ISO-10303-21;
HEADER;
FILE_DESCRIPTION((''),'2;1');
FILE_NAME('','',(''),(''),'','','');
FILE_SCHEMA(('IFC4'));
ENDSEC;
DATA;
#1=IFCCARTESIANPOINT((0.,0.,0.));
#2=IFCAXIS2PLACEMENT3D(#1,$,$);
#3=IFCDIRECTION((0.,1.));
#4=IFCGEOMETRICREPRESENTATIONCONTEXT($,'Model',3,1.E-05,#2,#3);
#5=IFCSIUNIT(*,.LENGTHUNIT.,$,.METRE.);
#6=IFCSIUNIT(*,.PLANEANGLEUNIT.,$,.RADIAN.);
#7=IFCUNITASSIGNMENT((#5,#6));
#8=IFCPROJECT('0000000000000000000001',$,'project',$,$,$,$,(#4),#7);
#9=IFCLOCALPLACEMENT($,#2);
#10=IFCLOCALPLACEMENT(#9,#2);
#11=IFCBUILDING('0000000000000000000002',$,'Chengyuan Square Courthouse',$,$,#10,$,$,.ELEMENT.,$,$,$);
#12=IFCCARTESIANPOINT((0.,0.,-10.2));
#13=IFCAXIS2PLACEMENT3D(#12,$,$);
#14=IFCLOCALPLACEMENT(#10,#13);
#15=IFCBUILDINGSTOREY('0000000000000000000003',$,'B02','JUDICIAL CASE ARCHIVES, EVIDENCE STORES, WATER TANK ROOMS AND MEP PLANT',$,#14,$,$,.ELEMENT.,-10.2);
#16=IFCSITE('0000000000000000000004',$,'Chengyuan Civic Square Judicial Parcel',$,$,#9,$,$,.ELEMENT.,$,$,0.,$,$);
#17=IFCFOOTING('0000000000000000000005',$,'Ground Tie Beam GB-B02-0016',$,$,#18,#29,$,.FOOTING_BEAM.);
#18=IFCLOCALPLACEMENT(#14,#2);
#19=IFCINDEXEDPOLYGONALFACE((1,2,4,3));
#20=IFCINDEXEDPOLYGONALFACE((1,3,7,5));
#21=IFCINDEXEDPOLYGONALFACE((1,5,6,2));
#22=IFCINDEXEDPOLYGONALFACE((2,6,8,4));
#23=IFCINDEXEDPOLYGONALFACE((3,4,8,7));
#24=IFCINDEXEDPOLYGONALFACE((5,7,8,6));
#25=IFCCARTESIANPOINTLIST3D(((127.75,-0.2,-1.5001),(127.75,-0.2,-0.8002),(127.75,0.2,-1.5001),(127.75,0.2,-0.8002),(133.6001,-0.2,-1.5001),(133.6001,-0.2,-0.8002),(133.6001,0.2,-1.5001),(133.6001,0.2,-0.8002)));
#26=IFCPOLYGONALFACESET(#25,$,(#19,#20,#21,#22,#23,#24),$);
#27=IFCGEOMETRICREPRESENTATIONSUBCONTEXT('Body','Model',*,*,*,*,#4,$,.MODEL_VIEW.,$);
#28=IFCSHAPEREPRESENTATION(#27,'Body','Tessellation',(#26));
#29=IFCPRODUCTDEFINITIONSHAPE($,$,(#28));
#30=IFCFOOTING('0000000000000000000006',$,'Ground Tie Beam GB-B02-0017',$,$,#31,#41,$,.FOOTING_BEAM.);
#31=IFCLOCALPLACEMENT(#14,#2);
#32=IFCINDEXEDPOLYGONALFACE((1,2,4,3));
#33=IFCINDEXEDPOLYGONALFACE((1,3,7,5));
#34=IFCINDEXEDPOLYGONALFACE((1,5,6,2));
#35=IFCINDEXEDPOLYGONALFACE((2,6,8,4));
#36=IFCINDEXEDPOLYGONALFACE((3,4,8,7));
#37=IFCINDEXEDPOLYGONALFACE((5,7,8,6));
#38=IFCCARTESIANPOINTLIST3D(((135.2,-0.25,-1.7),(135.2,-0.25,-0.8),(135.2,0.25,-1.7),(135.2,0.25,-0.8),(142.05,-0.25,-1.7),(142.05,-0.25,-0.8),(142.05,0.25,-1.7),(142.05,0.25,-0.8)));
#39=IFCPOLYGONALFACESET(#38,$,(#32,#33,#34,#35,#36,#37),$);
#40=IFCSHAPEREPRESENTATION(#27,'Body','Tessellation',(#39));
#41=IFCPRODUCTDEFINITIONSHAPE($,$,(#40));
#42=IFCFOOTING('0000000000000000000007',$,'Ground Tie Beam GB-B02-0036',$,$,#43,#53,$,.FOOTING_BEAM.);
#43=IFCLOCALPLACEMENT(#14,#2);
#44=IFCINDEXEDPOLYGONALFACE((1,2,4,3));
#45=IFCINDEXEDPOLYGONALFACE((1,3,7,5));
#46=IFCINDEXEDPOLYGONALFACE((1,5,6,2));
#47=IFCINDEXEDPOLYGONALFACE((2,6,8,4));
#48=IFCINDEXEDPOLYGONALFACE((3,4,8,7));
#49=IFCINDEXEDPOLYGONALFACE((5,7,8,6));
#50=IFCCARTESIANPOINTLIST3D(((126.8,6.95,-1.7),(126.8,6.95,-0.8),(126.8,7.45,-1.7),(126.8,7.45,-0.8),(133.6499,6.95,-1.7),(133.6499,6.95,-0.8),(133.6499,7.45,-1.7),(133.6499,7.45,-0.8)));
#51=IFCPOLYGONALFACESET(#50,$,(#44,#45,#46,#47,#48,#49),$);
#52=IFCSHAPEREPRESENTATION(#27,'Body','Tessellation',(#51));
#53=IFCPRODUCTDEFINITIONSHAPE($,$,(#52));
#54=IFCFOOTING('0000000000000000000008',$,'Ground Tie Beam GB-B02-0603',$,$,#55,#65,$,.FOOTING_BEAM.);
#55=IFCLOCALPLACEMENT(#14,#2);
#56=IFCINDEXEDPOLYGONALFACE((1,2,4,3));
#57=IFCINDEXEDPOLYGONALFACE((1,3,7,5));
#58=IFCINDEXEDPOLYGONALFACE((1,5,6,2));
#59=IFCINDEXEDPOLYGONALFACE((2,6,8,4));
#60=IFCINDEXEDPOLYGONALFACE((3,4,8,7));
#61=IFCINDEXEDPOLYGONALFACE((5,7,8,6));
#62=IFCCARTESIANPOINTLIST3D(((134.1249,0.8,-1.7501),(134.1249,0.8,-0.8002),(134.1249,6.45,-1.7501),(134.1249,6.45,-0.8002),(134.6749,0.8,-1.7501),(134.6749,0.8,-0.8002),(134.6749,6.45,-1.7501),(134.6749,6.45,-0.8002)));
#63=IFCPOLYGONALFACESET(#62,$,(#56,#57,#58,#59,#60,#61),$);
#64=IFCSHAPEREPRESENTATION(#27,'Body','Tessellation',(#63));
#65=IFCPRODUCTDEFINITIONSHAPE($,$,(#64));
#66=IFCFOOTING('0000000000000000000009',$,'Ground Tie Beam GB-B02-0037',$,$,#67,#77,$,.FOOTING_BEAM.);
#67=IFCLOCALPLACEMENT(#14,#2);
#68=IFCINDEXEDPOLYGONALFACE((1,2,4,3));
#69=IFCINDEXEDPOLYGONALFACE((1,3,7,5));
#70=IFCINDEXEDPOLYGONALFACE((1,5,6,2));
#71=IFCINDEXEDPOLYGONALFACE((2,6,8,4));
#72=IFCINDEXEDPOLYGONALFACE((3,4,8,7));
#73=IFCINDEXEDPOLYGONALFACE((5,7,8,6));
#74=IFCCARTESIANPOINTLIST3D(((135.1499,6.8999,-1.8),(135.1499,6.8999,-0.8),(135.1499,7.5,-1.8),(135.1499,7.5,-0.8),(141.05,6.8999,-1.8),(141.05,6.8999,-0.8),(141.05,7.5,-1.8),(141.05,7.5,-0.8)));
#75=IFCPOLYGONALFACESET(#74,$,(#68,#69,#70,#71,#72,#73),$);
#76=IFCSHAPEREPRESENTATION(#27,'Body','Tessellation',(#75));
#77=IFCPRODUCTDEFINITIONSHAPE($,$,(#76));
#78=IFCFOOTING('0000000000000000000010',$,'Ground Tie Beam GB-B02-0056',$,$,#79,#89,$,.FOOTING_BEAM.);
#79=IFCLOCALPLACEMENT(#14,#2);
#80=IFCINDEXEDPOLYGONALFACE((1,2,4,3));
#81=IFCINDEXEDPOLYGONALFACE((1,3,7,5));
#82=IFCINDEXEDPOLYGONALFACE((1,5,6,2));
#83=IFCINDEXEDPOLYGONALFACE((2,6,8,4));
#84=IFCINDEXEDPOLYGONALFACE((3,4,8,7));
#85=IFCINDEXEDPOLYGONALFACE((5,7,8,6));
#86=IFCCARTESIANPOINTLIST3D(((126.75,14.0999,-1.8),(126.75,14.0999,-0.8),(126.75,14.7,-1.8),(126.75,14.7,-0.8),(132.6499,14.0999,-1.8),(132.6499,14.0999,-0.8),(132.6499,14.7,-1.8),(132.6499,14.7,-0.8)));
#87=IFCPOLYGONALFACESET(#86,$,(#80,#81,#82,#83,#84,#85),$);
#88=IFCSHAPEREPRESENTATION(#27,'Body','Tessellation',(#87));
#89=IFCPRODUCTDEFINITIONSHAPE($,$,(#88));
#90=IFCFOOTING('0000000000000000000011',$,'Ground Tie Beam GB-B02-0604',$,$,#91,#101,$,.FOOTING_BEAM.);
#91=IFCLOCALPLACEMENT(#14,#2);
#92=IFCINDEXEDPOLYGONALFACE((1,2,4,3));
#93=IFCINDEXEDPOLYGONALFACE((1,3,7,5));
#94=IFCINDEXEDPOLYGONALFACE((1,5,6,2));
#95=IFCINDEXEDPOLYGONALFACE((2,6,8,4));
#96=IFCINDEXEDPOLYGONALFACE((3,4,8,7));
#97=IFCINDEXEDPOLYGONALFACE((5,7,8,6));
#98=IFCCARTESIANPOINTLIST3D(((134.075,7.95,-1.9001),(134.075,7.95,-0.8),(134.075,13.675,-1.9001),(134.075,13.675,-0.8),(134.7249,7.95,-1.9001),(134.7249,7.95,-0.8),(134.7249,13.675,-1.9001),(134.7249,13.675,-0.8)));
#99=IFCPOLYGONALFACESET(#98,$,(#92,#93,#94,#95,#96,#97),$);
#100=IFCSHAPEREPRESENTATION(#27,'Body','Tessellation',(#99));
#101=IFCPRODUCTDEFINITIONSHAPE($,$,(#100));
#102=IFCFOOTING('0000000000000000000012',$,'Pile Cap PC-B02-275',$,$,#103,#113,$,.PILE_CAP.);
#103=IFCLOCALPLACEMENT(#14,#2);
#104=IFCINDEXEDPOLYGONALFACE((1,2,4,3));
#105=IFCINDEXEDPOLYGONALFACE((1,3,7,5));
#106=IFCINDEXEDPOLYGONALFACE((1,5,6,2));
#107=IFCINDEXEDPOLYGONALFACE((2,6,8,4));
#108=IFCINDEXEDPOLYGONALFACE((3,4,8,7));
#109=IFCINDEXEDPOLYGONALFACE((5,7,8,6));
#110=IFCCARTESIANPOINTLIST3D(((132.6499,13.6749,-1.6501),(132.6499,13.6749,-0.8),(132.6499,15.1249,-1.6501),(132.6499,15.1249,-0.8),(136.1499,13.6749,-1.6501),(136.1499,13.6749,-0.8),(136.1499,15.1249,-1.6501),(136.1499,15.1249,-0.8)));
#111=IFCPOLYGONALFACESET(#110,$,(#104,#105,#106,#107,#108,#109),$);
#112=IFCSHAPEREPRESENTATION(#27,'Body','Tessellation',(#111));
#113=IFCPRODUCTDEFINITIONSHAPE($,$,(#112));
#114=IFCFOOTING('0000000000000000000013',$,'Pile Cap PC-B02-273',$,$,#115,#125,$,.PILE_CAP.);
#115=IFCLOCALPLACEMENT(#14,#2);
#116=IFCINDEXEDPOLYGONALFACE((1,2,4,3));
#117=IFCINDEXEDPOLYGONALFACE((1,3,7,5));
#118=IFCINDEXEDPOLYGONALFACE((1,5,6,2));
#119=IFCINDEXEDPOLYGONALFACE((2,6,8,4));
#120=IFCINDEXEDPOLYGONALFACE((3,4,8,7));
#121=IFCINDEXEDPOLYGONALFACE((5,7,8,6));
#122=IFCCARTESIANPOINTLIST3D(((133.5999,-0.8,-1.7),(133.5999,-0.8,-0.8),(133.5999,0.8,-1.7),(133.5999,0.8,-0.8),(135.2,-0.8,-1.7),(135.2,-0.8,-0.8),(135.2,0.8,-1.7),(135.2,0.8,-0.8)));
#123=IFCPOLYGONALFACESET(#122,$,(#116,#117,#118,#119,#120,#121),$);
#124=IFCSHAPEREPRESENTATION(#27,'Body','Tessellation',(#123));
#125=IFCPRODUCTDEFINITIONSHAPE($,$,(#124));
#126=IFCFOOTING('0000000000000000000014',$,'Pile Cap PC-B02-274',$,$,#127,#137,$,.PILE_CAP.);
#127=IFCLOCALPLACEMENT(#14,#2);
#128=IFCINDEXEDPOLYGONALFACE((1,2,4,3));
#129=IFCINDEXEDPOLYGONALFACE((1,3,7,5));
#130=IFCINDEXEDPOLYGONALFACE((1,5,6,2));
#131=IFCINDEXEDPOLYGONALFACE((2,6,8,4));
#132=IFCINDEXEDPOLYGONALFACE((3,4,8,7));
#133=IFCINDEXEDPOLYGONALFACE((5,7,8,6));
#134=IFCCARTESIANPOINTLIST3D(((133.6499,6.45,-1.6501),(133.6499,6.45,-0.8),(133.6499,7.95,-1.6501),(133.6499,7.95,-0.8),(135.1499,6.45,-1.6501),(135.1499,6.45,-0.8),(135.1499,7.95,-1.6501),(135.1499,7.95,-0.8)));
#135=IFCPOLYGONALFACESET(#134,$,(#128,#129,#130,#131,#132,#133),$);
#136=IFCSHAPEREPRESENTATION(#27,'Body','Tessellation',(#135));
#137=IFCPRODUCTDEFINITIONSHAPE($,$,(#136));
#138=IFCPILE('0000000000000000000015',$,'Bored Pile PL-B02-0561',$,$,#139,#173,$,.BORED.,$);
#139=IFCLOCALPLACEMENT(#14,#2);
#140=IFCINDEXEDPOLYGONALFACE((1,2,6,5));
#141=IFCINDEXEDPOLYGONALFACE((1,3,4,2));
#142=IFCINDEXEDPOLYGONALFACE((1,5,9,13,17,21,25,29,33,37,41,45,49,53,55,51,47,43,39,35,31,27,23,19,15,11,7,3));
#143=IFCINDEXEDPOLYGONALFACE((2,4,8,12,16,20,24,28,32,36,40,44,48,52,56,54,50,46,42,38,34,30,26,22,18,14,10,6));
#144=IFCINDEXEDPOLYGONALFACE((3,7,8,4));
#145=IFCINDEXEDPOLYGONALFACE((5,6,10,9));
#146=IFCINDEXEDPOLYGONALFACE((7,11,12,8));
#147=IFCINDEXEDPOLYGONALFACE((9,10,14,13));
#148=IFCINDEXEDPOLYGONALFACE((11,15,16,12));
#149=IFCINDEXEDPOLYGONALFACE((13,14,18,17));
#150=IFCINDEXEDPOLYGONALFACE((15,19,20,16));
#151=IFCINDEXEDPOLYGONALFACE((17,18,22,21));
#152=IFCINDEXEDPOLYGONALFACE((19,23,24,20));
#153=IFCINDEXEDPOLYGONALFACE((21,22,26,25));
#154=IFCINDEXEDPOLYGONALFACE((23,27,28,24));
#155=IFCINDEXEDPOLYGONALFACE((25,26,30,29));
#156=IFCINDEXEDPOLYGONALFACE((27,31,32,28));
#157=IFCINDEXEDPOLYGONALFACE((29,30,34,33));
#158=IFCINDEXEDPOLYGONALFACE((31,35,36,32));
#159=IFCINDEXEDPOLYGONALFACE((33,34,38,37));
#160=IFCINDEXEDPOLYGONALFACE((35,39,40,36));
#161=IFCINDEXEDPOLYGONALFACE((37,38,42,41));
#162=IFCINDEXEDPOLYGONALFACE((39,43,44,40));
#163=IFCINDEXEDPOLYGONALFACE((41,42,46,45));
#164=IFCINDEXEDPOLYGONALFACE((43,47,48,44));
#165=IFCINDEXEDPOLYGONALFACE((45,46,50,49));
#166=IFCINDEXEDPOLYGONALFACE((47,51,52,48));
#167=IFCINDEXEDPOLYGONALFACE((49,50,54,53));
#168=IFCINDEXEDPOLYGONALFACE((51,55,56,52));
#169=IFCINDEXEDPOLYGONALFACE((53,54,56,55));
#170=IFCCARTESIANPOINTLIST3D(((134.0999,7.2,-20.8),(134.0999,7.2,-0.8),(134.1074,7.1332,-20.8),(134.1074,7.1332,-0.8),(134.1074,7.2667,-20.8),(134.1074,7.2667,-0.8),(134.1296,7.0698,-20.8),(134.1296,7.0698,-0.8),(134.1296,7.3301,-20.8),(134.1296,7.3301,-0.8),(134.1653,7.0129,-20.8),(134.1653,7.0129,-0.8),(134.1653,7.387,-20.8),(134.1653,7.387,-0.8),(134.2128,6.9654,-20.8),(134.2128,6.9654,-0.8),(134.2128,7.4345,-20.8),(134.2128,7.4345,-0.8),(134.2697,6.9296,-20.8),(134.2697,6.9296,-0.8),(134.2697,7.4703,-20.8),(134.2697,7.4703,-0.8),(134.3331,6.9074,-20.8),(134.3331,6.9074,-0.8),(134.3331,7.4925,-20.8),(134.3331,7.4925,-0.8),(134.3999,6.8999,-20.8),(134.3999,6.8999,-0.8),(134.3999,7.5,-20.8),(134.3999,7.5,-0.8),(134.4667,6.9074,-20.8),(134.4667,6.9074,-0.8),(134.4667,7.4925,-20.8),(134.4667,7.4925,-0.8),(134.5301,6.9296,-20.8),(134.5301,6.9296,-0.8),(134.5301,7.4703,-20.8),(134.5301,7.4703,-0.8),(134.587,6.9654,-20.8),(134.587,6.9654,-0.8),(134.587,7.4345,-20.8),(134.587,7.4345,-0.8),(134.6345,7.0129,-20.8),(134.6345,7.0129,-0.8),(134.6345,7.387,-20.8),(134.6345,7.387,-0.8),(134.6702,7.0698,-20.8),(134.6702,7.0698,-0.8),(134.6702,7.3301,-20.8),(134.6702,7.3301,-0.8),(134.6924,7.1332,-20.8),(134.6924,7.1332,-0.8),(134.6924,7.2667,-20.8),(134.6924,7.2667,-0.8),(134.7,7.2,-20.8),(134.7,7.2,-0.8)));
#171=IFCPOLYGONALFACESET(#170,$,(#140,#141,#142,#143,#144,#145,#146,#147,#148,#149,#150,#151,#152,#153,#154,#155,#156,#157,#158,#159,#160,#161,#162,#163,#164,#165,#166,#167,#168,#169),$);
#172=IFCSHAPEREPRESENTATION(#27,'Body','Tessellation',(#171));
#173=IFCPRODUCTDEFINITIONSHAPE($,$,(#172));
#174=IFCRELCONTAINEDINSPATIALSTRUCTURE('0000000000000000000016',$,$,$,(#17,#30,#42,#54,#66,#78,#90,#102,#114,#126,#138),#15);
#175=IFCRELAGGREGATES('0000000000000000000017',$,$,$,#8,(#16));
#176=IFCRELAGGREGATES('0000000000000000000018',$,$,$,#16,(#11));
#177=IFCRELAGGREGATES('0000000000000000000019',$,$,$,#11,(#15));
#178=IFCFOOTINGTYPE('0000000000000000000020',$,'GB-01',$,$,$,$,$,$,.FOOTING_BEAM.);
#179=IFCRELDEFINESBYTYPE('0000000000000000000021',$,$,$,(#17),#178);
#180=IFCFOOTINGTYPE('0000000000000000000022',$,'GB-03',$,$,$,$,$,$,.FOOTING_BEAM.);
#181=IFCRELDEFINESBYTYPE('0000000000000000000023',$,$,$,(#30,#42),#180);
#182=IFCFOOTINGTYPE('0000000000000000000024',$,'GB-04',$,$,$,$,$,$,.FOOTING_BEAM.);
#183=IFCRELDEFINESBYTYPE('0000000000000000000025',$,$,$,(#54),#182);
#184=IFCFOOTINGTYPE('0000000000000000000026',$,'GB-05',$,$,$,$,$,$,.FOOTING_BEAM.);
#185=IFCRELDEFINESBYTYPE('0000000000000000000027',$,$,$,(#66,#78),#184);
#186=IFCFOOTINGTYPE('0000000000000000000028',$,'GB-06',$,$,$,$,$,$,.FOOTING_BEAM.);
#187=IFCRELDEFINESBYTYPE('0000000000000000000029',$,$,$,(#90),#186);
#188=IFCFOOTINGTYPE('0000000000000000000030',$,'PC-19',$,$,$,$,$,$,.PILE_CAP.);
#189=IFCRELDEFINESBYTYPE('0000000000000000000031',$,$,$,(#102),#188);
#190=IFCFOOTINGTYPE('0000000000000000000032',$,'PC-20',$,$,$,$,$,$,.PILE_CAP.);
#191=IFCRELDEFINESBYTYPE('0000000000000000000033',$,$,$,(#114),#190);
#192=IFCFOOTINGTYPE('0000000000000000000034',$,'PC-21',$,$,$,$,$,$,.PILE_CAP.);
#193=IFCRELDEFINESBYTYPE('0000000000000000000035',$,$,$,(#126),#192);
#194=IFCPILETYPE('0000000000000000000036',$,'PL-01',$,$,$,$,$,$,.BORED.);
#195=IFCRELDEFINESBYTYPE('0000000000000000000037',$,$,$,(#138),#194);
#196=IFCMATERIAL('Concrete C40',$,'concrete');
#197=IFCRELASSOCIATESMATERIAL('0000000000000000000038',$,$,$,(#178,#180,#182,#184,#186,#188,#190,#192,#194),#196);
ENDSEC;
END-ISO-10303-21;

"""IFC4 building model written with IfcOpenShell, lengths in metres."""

from ifc_helpers import new_model, si_unit, direction, frame, origin, origin_2d, place, context, subcontext, project, spatial, rectangle, circle, extrude, material, material_profile, profile_set, type_object, element, save


model = new_model("IFC4")

# Units and contexts
model_context = context("Model", 3, precision=1e-05, world=origin(), true_north=direction((0.0, 1.0)))
body_context = subcontext(model_context, "Body", "Model", "MODEL_VIEW")
ifc_project = project(units=[si_unit("LENGTHUNIT", "METRE"), si_unit("PLANEANGLEUNIT", "RADIAN")], contexts=[model_context])

# Site, building, storey
site_placement = place(None, origin())
site = spatial("IfcSite", under=ifc_project, at=site_placement, Name="Chengyuan Civic Square Judicial Parcel", CompositionType="ELEMENT", RefElevation=0.0)
building_placement = place(site_placement, origin())
building = spatial("IfcBuilding", under=site, at=building_placement, Name="Chengyuan Square Courthouse", CompositionType="ELEMENT")
storey_placement = place(building_placement, frame((0.0, 0.0, -10.2)))
storey = spatial("IfcBuildingStorey", under=building, at=storey_placement, Name="B02", Description="JUDICIAL CASE ARCHIVES, EVIDENCE STORES, WATER TANK ROOMS AND MEP PLANT", CompositionType="ELEMENT", Elevation=-10.2)

# Footings
ifc_material_1 = material(Name="Concrete C40", Category="concrete")
ifc_material_profile_1 = material_profile(ifc_material_1, rectangle(XDim=0.3999, YDim=0.7, at=origin_2d()), Name="GB-400x700")
ifc_profile_set_1 = profile_set([ifc_material_profile_1], Name="Concrete C40")
footing_type_1 = type_object("IfcFootingType", Name="GB-01", PredefinedType="FOOTING_BEAM", material=ifc_profile_set_1)
footing_1_placement = place(storey_placement, frame((127.75, 0.0, -1.1501), z_axis=(1.0, 0.0, 0.0), x_axis=(0.0, 1.0, 0.0)))
element("IfcFooting", 1, at=footing_1_placement, inside=storey, type_object=footing_type_1, Name="Ground Tie Beam GB-B02-0016", PredefinedType="FOOTING_BEAM", context=body_context, shape_type="SweptSolid", body=[
    extrude(rectangle(XDim=0.3999, YDim=0.7, at=origin_2d()), origin(), (0.0, 0.0, 1.0), 5.8501),
])
ifc_material_profile_2 = material_profile(ifc_material_1, rectangle(XDim=0.5, YDim=0.8999, at=origin_2d()), Name="GB-500x900")
ifc_profile_set_2 = profile_set([ifc_material_profile_2], Name="Concrete C40")
footing_type_2 = type_object("IfcFootingType", Name="GB-03", PredefinedType="FOOTING_BEAM", material=ifc_profile_set_2)
footing_2_placement = place(storey_placement, frame((135.2, 0.0, -1.25), z_axis=(1.0, 0.0, 0.0), x_axis=(0.0, 1.0, 0.0)))
element("IfcFooting", 2, at=footing_2_placement, inside=storey, type_object=footing_type_2, Name="Ground Tie Beam GB-B02-0017", PredefinedType="FOOTING_BEAM", context=body_context, shape_type="SweptSolid", body=[
    extrude(rectangle(XDim=0.5, YDim=0.8999, at=origin_2d()), origin(), (0.0, 0.0, 1.0), 6.8501),
])
footing_3_placement = place(storey_placement, frame((126.8, 7.2, -1.25), z_axis=(1.0, 0.0, 0.0), x_axis=(0.0, 1.0, 0.0)))
element("IfcFooting", 3, at=footing_3_placement, inside=storey, type_object=footing_type_2, Name="Ground Tie Beam GB-B02-0036", PredefinedType="FOOTING_BEAM", context=body_context, shape_type="SweptSolid", body=[
    extrude(rectangle(XDim=0.5, YDim=0.8999, at=origin_2d()), origin(), (0.0, 0.0, 1.0), 6.8499),
])
ifc_material_profile_3 = material_profile(ifc_material_1, rectangle(XDim=0.55, YDim=0.95, at=origin_2d()), Name="GB-550x950")
ifc_profile_set_3 = profile_set([ifc_material_profile_3], Name="Concrete C40")
footing_type_3 = type_object("IfcFootingType", Name="GB-04", PredefinedType="FOOTING_BEAM", material=ifc_profile_set_3)
footing_4_placement = place(storey_placement, frame((134.3999, 0.8, -1.2751), z_axis=(0.0, 1.0, 0.0), x_axis=(-1.0, 0.0, 0.0)))
element("IfcFooting", 4, at=footing_4_placement, inside=storey, type_object=footing_type_3, Name="Ground Tie Beam GB-B02-0603", PredefinedType="FOOTING_BEAM", context=body_context, shape_type="SweptSolid", body=[
    extrude(rectangle(XDim=0.55, YDim=0.95, at=origin_2d()), origin(), (0.0, 0.0, 1.0), 5.6499),
])
ifc_material_profile_4 = material_profile(ifc_material_1, rectangle(XDim=0.6001, YDim=1.0, at=origin_2d()), Name="GB-600x1000")
ifc_profile_set_4 = profile_set([ifc_material_profile_4], Name="Concrete C40")
footing_type_4 = type_object("IfcFootingType", Name="GB-05", PredefinedType="FOOTING_BEAM", material=ifc_profile_set_4)
footing_5_placement = place(storey_placement, frame((135.1499, 7.2, -1.3), z_axis=(1.0, 0.0, 0.0), x_axis=(0.0, 1.0, 0.0)))
element("IfcFooting", 5, at=footing_5_placement, inside=storey, type_object=footing_type_4, Name="Ground Tie Beam GB-B02-0037", PredefinedType="FOOTING_BEAM", context=body_context, shape_type="SweptSolid", body=[
    extrude(rectangle(XDim=0.6001, YDim=1.0, at=origin_2d()), origin(), (0.0, 0.0, 1.0), 5.9001),
])
footing_6_placement = place(storey_placement, frame((126.75, 14.3999, -1.3), z_axis=(1.0, 0.0, 0.0), x_axis=(0.0, 1.0, 0.0)))
element("IfcFooting", 6, at=footing_6_placement, inside=storey, type_object=footing_type_4, Name="Ground Tie Beam GB-B02-0056", PredefinedType="FOOTING_BEAM", context=body_context, shape_type="SweptSolid", body=[
    extrude(rectangle(XDim=0.6001, YDim=1.0, at=origin_2d()), origin(), (0.0, 0.0, 1.0), 5.8999),
])
ifc_material_profile_5 = material_profile(ifc_material_1, rectangle(XDim=0.6499, YDim=1.1001, at=origin_2d()), Name="GB-650x1100")
ifc_profile_set_5 = profile_set([ifc_material_profile_5], Name="Concrete C40")
footing_type_5 = type_object("IfcFootingType", Name="GB-06", PredefinedType="FOOTING_BEAM", material=ifc_profile_set_5)
footing_7_placement = place(storey_placement, frame((134.3999, 7.95, -1.3501), z_axis=(0.0, 1.0, 0.0), x_axis=(-1.0, 0.0, 0.0)))
element("IfcFooting", 7, at=footing_7_placement, inside=storey, type_object=footing_type_5, Name="Ground Tie Beam GB-B02-0604", PredefinedType="FOOTING_BEAM", context=body_context, shape_type="SweptSolid", body=[
    extrude(rectangle(XDim=0.6499, YDim=1.1001, at=origin_2d()), origin(), (0.0, 0.0, 1.0), 5.7251),
])
footing_type_6 = type_object("IfcFootingType", Name="PC-19", PredefinedType="PILE_CAP", material=ifc_material_1)
footing_8_placement = place(storey_placement, frame((134.3999, 14.3999, -1.6501), z_axis=(0.0, 0.0, 1.0), x_axis=(1.0, 0.0, 0.0)))
element("IfcFooting", 8, at=footing_8_placement, inside=storey, type_object=footing_type_6, Name="Pile Cap PC-B02-275", PredefinedType="PILE_CAP", context=body_context, shape_type="SweptSolid", body=[
    extrude(rectangle(XDim=3.5, YDim=1.45, at=origin_2d()), origin(), (0.0, 0.0, 1.0), 0.8501),
])
footing_type_7 = type_object("IfcFootingType", Name="PC-20", PredefinedType="PILE_CAP", material=ifc_material_1)
footing_9_placement = place(storey_placement, frame((134.3999, 0.0, -1.7), z_axis=(0.0, 0.0, 1.0), x_axis=(1.0, 0.0, 0.0)))
element("IfcFooting", 9, at=footing_9_placement, inside=storey, type_object=footing_type_7, Name="Pile Cap PC-B02-273", PredefinedType="PILE_CAP", context=body_context, shape_type="SweptSolid", body=[
    extrude(rectangle(XDim=1.6001, YDim=1.6001, at=origin_2d()), origin(), (0.0, 0.0, 1.0), 0.8999),
])
footing_type_8 = type_object("IfcFootingType", Name="PC-21", PredefinedType="PILE_CAP", material=ifc_material_1)
footing_10_placement = place(storey_placement, frame((134.3999, 7.2, -1.6501), z_axis=(0.0, 0.0, 1.0), x_axis=(1.0, 0.0, 0.0)))
element("IfcFooting", 10, at=footing_10_placement, inside=storey, type_object=footing_type_8, Name="Pile Cap PC-B02-274", PredefinedType="PILE_CAP", context=body_context, shape_type="SweptSolid", body=[
    extrude(rectangle(XDim=1.5, YDim=1.5, at=origin_2d()), origin(), (0.0, 0.0, 1.0), 0.8501),
])

# Pile
ifc_material_profile_6 = material_profile(ifc_material_1, circle(Radius=0.3, at=origin_2d()), Name="BORED PILE D600")
ifc_profile_set_6 = profile_set([ifc_material_profile_6], Name="Concrete C40")
pile_type_1 = type_object("IfcPileType", Name="PL-01", PredefinedType="BORED", material=ifc_profile_set_6)
pile_placement = place(storey_placement, frame((134.3999, 7.2, -0.8), z_axis=(0.0, 0.0, -1.0), x_axis=(1.0, 0.0, 0.0)))
element("IfcPile", 11, at=pile_placement, inside=storey, type_object=pile_type_1, Name="Bored Pile PL-B02-0561", PredefinedType="BORED", context=body_context, shape_type="SweptSolid", body=[
    extrude(circle(Radius=0.3, at=origin_2d()), origin(), (0.0, 0.0, 1.0), 20.0),
])

save(model, "model.ifc")
